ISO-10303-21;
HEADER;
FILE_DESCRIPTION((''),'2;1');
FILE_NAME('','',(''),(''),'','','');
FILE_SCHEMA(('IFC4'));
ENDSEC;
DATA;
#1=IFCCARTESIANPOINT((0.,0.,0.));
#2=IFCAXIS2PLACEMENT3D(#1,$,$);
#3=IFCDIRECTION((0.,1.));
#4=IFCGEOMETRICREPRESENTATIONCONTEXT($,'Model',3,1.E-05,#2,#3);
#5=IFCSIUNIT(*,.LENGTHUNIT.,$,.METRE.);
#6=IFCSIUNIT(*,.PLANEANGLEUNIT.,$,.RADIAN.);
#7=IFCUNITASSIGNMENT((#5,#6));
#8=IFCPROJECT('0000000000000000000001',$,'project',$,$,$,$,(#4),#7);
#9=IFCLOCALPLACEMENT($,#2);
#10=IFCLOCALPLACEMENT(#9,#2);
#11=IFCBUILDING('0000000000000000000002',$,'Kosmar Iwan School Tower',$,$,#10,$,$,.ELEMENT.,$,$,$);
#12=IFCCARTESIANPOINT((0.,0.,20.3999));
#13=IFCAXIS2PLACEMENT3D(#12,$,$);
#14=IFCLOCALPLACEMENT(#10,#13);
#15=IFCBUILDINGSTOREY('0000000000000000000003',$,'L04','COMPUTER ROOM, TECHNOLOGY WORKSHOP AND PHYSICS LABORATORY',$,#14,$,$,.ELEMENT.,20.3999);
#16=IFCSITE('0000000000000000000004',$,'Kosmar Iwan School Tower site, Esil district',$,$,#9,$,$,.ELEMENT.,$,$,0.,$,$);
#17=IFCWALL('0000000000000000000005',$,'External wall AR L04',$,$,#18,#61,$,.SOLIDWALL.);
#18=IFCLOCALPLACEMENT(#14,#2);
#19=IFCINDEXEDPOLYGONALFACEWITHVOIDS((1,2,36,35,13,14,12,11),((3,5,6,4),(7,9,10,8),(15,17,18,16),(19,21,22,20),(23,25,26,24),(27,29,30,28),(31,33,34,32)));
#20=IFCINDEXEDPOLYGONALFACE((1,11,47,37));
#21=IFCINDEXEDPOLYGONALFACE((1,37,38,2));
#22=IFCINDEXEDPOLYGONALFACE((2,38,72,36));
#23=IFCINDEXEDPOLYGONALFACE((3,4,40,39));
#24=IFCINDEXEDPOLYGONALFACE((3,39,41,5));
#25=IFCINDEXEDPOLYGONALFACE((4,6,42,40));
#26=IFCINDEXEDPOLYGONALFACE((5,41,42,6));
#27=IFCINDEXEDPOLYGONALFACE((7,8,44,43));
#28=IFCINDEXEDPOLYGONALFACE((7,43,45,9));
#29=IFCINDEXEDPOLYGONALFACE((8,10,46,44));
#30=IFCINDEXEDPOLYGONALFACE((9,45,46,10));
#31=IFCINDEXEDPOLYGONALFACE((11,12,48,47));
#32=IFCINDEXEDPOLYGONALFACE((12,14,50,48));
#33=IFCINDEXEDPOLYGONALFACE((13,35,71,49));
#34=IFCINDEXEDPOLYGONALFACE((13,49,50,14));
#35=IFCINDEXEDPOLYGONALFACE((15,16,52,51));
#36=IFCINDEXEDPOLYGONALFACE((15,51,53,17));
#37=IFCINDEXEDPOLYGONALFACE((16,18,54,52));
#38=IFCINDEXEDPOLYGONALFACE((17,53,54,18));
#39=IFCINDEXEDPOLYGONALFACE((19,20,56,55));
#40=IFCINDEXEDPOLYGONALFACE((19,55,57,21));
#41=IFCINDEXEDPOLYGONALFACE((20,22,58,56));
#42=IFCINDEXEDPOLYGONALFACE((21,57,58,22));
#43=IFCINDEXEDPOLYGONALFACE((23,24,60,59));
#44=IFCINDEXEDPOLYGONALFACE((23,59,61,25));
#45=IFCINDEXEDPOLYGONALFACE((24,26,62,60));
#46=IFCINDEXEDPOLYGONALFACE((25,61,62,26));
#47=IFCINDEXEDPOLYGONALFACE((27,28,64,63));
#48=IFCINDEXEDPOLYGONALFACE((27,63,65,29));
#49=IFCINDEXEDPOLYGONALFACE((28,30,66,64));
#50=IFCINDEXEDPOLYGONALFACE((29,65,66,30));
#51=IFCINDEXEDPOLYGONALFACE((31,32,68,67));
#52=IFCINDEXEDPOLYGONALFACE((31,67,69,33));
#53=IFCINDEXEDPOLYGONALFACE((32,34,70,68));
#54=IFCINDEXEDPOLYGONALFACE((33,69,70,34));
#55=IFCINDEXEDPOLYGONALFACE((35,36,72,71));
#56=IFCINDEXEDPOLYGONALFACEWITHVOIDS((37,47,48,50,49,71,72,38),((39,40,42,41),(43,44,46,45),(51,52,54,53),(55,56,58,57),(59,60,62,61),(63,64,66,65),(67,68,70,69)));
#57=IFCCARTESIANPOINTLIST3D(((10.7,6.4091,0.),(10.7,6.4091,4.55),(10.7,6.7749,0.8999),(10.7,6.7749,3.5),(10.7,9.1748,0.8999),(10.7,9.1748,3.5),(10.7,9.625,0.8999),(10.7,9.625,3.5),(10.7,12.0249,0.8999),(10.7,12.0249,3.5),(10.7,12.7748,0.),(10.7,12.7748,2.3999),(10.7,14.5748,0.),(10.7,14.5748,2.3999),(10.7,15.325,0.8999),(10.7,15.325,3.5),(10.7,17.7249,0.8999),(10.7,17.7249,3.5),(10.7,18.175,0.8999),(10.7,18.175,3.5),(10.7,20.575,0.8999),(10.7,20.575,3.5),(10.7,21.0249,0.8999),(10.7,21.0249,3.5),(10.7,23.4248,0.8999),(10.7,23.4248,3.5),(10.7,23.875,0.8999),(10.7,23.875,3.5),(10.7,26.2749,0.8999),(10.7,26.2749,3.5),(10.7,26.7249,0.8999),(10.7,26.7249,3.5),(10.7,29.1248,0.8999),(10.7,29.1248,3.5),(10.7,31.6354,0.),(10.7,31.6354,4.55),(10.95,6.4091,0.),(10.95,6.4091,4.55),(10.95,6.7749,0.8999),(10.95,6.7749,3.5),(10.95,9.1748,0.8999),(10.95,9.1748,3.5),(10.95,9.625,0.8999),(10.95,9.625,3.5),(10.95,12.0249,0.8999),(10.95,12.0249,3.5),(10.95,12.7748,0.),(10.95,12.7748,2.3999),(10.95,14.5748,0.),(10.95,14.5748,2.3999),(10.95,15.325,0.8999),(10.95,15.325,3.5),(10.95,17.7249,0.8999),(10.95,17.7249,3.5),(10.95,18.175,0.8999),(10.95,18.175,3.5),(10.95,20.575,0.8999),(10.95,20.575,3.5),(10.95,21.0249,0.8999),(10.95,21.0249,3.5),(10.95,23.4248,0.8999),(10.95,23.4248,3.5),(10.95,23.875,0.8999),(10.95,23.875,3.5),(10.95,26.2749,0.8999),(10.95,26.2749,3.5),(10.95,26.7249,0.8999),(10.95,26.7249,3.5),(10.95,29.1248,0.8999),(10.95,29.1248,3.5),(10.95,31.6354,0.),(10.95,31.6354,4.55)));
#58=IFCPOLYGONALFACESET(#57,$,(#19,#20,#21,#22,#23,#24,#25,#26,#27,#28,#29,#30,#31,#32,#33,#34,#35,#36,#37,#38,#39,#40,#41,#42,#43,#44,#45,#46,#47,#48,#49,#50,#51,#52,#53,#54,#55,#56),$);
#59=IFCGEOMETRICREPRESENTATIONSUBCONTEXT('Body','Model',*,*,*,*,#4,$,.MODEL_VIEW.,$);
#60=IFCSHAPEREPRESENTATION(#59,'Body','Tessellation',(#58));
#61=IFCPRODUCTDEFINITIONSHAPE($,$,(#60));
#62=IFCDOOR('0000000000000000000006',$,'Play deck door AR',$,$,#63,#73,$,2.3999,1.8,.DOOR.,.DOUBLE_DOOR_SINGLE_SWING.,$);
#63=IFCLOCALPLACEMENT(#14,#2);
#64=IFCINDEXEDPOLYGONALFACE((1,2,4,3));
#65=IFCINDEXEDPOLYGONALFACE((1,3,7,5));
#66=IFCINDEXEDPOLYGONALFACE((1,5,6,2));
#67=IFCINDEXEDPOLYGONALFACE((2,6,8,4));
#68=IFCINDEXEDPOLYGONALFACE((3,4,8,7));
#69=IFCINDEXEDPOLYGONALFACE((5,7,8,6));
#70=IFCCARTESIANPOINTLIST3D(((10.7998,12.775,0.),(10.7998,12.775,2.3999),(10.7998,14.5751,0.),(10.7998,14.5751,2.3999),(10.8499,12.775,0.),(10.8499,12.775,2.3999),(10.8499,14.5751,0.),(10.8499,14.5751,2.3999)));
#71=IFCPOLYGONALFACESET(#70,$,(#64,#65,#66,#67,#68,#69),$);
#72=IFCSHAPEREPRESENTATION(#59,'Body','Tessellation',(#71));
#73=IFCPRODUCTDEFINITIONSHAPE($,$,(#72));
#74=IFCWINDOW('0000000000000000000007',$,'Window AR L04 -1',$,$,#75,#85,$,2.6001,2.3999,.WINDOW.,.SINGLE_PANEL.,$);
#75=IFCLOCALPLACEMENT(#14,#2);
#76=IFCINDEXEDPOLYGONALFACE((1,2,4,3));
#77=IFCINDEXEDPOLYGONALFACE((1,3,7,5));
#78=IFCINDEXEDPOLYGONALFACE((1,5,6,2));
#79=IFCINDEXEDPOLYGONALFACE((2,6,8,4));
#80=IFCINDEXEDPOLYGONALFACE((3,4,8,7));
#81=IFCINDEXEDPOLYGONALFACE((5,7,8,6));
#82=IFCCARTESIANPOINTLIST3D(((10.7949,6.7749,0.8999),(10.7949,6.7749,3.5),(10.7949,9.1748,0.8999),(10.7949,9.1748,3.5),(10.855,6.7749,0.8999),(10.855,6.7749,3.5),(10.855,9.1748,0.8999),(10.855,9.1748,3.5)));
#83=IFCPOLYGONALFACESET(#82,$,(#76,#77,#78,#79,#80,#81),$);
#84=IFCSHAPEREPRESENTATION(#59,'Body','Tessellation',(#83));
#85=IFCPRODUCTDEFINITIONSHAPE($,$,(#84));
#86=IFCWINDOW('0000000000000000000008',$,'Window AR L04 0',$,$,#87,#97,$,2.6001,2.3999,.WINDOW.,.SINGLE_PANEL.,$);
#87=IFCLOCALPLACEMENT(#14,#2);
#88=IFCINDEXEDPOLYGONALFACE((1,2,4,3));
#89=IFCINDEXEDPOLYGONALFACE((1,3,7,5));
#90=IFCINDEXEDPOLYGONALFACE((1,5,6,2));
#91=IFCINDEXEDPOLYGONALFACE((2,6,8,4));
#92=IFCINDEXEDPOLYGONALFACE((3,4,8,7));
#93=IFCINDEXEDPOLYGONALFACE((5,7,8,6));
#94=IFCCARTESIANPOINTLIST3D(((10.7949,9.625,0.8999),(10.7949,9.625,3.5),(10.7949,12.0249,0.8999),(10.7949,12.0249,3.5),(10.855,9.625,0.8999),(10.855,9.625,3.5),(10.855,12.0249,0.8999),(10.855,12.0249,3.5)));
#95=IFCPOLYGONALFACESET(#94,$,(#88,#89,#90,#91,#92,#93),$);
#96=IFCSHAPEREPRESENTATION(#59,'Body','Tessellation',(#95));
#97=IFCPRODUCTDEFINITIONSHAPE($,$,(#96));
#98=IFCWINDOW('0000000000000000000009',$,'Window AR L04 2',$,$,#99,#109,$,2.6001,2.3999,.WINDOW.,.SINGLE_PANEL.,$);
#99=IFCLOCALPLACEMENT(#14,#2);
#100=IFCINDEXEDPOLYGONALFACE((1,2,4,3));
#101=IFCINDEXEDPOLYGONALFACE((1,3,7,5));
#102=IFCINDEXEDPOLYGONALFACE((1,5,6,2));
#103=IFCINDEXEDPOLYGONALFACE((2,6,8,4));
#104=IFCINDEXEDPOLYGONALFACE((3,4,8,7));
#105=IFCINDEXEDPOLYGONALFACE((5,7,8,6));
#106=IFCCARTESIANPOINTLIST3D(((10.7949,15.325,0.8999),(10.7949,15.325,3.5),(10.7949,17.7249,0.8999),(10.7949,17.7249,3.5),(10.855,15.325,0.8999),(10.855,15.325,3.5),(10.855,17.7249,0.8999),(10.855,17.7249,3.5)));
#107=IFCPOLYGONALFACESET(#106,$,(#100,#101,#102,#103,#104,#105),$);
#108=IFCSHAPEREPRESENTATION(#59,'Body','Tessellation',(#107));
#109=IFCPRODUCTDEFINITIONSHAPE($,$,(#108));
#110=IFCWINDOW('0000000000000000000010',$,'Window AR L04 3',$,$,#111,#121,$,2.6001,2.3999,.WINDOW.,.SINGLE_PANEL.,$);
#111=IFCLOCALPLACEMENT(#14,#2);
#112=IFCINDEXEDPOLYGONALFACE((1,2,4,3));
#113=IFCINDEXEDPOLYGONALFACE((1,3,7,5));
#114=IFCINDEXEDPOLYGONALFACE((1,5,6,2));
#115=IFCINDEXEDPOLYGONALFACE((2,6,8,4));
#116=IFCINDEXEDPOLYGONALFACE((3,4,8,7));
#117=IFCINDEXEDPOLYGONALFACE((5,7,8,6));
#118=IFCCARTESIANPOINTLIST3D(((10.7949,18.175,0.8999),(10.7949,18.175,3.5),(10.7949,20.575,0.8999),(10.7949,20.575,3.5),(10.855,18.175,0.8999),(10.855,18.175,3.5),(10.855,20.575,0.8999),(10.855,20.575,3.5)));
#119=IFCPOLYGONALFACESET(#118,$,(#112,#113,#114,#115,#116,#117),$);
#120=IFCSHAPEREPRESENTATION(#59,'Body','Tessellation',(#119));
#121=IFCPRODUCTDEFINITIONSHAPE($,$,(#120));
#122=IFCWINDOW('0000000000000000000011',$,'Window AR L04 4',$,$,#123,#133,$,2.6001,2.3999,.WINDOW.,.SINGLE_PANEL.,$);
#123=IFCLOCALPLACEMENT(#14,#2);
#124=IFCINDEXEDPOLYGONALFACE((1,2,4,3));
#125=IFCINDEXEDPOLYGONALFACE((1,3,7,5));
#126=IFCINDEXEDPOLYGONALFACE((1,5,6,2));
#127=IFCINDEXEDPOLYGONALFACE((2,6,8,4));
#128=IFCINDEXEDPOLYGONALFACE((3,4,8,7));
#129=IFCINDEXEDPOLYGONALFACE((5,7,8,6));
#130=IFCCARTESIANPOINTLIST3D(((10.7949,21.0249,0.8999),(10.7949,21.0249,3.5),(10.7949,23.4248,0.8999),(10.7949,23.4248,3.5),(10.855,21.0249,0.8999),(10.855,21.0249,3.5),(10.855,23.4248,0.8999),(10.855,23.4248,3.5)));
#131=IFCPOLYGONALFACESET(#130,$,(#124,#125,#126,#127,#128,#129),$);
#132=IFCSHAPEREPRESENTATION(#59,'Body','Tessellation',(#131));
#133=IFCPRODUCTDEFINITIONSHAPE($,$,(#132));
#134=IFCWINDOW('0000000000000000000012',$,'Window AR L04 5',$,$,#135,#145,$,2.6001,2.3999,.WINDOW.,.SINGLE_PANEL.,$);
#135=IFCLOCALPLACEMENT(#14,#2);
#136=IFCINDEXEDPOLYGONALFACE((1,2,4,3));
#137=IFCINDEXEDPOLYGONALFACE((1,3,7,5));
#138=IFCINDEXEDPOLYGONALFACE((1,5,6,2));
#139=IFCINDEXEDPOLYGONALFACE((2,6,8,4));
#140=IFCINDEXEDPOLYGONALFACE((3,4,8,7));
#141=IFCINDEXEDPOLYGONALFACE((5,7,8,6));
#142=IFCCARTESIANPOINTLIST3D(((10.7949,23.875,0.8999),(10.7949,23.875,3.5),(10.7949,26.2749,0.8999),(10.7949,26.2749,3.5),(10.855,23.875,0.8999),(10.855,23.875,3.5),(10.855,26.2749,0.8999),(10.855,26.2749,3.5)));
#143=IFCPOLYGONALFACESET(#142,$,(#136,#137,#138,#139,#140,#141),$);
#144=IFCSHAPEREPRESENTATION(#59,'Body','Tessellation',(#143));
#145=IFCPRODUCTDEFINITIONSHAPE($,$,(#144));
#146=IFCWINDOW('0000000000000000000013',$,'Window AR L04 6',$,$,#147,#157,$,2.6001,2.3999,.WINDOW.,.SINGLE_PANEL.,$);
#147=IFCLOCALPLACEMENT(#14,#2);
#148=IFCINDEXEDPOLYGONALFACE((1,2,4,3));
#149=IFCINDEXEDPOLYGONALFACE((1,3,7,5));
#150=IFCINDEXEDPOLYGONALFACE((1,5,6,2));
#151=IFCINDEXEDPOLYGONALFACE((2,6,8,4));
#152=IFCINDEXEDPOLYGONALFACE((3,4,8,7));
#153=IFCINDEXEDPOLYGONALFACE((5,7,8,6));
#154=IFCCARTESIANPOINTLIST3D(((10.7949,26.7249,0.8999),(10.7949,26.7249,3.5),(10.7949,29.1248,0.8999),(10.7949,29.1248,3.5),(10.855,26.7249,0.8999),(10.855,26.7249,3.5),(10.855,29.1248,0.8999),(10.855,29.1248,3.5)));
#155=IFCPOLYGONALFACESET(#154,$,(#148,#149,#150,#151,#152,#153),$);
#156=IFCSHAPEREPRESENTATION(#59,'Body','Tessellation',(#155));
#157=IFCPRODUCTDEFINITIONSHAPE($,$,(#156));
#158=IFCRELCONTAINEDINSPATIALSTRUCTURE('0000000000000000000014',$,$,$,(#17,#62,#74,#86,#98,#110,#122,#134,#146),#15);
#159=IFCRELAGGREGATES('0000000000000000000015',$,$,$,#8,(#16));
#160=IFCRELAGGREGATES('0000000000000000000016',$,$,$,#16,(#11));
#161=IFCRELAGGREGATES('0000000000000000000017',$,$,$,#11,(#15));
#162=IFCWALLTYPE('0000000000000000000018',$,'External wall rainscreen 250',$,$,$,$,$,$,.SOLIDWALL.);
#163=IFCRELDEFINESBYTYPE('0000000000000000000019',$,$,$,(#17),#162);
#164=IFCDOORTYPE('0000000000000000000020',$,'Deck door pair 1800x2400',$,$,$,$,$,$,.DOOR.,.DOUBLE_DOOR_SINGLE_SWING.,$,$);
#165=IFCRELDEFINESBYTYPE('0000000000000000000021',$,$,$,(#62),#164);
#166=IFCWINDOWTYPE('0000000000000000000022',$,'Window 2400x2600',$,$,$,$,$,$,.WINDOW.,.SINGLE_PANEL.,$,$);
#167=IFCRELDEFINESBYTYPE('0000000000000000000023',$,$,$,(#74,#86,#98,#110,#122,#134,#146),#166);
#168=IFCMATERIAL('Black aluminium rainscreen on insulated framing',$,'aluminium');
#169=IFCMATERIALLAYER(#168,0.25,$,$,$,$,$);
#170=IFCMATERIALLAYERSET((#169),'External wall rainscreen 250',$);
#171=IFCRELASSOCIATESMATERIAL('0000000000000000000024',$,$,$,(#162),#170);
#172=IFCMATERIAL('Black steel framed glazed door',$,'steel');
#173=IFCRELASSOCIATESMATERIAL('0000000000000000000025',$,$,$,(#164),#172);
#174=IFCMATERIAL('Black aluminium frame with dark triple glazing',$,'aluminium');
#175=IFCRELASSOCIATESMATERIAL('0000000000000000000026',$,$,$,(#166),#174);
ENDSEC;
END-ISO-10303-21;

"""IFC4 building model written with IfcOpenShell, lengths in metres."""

from ifc_helpers import new_model, si_unit, direction, frame, frame_2d, origin, place, context, subcontext, project, spatial, rectangle, extrude, material, layer, layer_set, type_object, element, fill, save


model = new_model("IFC4")

# Units and contexts
model_context = context("Model", 3, precision=1e-05, world=origin(), true_north=direction((0.0, 1.0)))
body_context = subcontext(model_context, "Body", "Model", "MODEL_VIEW")
ifc_project = project(units=[si_unit("LENGTHUNIT", "METRE"), si_unit("PLANEANGLEUNIT", "RADIAN")], contexts=[model_context])

# Site, building, storey
site_placement = place(None, origin())
site = spatial("IfcSite", under=ifc_project, at=site_placement, Name="Kosmar Iwan School Tower site, Esil district", CompositionType="ELEMENT", RefElevation=0.0)
building_placement = place(site_placement, origin())
building = spatial("IfcBuilding", under=site, at=building_placement, Name="Kosmar Iwan School Tower", CompositionType="ELEMENT")
storey_placement = place(building_placement, frame((0.0, 0.0, 20.3999)))
storey = spatial("IfcBuildingStorey", under=building, at=storey_placement, Name="L04", Description="COMPUTER ROOM, TECHNOLOGY WORKSHOP AND PHYSICS LABORATORY", CompositionType="ELEMENT", Elevation=20.3999)

# Wall, openings, door, windows
ifc_material_1 = material(Name="Black aluminium rainscreen on insulated framing", Category="aluminium")
ifc_layer_1 = layer(ifc_material_1, 0.25)
ifc_layer_set_1 = layer_set([ifc_layer_1], Name="External wall rainscreen 250")
wall_type_1 = type_object("IfcWallType", Name="External wall rainscreen 250", PredefinedType="SOLIDWALL", material=ifc_layer_set_1)
wall_1_placement = place(storey_placement, frame((10.825, 6.4089, 0.0), z_axis=(0.0, 0.0, 1.0), x_axis=(0.0, 1.0, 0.0)))
wall_1 = element("IfcWall", 1, at=wall_1_placement, inside=storey, type_object=wall_type_1, Name="External wall AR L04", PredefinedType="SOLIDWALL", context=body_context, shape_type="SweptSolid", body=[
    extrude(rectangle(XDim=25.2263, YDim=0.25, at=frame_2d((12.6133, 0.0))), origin(), (0.0, 0.0, 1.0), 4.55),
])
opening_1_placement = place(wall_1_placement, frame((0.366, 0.0, 0.8999)))
opening_1 = element("IfcOpeningElement", 2, at=opening_1_placement, cuts=wall_1, PredefinedType="OPENING", context=body_context, shape_type="SweptSolid", body=[
    extrude(rectangle(XDim=2.3999, YDim=2.6001, at=frame_2d((1.2, 1.3))), frame((0.0, 0.137, 0.0), z_axis=(0.0, -1.0, 0.0), x_axis=(1.0, 0.0, 0.0)), (0.0, 0.0, 1.0), 0.2739),
])
opening_2_placement = place(wall_1_placement, frame((3.2161, 0.0, 0.8999)))
opening_2 = element("IfcOpeningElement", 3, at=opening_2_placement, cuts=wall_1, PredefinedType="OPENING", context=body_context, shape_type="SweptSolid", body=[
    extrude(rectangle(XDim=2.3999, YDim=2.6001, at=frame_2d((1.2, 1.3))), frame((0.0, 0.137, 0.0), z_axis=(0.0, -1.0, 0.0), x_axis=(1.0, 0.0, 0.0)), (0.0, 0.0, 1.0), 0.2739),
])
opening_3_placement = place(wall_1_placement, frame((6.366, 0.0, 0.0)))
opening_3 = element("IfcOpeningElement", 4, at=opening_3_placement, cuts=wall_1, PredefinedType="OPENING", context=body_context, shape_type="SweptSolid", body=[
    extrude(rectangle(XDim=1.8, YDim=2.3999, at=frame_2d((0.8999, 1.2))), frame((0.0, 0.137, 0.0), z_axis=(0.0, -1.0, 0.0), x_axis=(1.0, 0.0, 0.0)), (0.0, 0.0, 1.0), 0.2739),
])
opening_4_placement = place(wall_1_placement, frame((8.916, 0.0, 0.8999)))
opening_4 = element("IfcOpeningElement", 5, at=opening_4_placement, cuts=wall_1, PredefinedType="OPENING", context=body_context, shape_type="SweptSolid", body=[
    extrude(rectangle(XDim=2.3999, YDim=2.6001, at=frame_2d((1.2, 1.3))), frame((0.0, 0.137, 0.0), z_axis=(0.0, -1.0, 0.0), x_axis=(1.0, 0.0, 0.0)), (0.0, 0.0, 1.0), 0.2739),
])
opening_5_placement = place(wall_1_placement, frame((11.7661, 0.0, 0.8999)))
opening_5 = element("IfcOpeningElement", 6, at=opening_5_placement, cuts=wall_1, PredefinedType="OPENING", context=body_context, shape_type="SweptSolid", body=[
    extrude(rectangle(XDim=2.3999, YDim=2.6001, at=frame_2d((1.2, 1.3))), frame((0.0, 0.137, 0.0), z_axis=(0.0, -1.0, 0.0), x_axis=(1.0, 0.0, 0.0)), (0.0, 0.0, 1.0), 0.2739),
])
opening_6_placement = place(wall_1_placement, frame((14.616, 0.0, 0.8999)))
opening_6 = element("IfcOpeningElement", 7, at=opening_6_placement, cuts=wall_1, PredefinedType="OPENING", context=body_context, shape_type="SweptSolid", body=[
    extrude(rectangle(XDim=2.3999, YDim=2.6001, at=frame_2d((1.2, 1.3))), frame((0.0, 0.137, 0.0), z_axis=(0.0, -1.0, 0.0), x_axis=(1.0, 0.0, 0.0)), (0.0, 0.0, 1.0), 0.2739),
])
opening_7_placement = place(wall_1_placement, frame((17.4661, 0.0, 0.8999)))
opening_7 = element("IfcOpeningElement", 8, at=opening_7_placement, cuts=wall_1, PredefinedType="OPENING", context=body_context, shape_type="SweptSolid", body=[
    extrude(rectangle(XDim=2.3999, YDim=2.6001, at=frame_2d((1.2, 1.3))), frame((0.0, 0.137, 0.0), z_axis=(0.0, -1.0, 0.0), x_axis=(1.0, 0.0, 0.0)), (0.0, 0.0, 1.0), 0.2739),
])
opening_8_placement = place(wall_1_placement, frame((20.3159, 0.0, 0.8999)))
opening_8 = element("IfcOpeningElement", 9, at=opening_8_placement, cuts=wall_1, PredefinedType="OPENING", context=body_context, shape_type="SweptSolid", body=[
    extrude(rectangle(XDim=2.3999, YDim=2.6001, at=frame_2d((1.2, 1.3))), frame((0.0, 0.137, 0.0), z_axis=(0.0, -1.0, 0.0), x_axis=(1.0, 0.0, 0.0)), (0.0, 0.0, 1.0), 0.2739),
])
ifc_material_2 = material(Name="Black steel framed glazed door", Category="steel")
door_type_1 = type_object("IfcDoorType", Name="Deck door pair 1800x2400", OperationType="DOUBLE_DOOR_SINGLE_SWING", PredefinedType="DOOR", material=ifc_material_2)
door_1_placement = place(opening_3_placement, frame((1.8, 0.0, 0.0), z_axis=(0.0, 0.0, 1.0), x_axis=(-1.0, 0.0, 0.0)))
door_1 = element("IfcDoor", 10, at=door_1_placement, inside=storey, type_object=door_type_1, Name="Play deck door AR", OperationType="DOUBLE_DOOR_SINGLE_SWING", OverallHeight=2.3999, OverallWidth=1.8, PredefinedType="DOOR", context=body_context, shape_type="SweptSolid", body=[
    extrude(rectangle(XDim=1.8, YDim=2.3999, at=frame_2d((0.8999, 1.2))), frame((0.0, 0.0249, 0.0), z_axis=(0.0, -1.0, 0.0), x_axis=(1.0, 0.0, 0.0)), (0.0, 0.0, 1.0), 0.05),
])
fill(opening_3, door_1)
ifc_material_3 = material(Name="Black aluminium frame with dark triple glazing", Category="aluminium")
window_type = type_object("IfcWindowType", Name="Window 2400x2600", PartitioningType="SINGLE_PANEL", PredefinedType="WINDOW", material=ifc_material_3)
window_1_placement = place(opening_1_placement, origin())
window_1 = element("IfcWindow", 11, at=window_1_placement, inside=storey, type_object=window_type, Name="Window AR L04 -1", OverallHeight=2.6001, OverallWidth=2.3999, PartitioningType="SINGLE_PANEL", PredefinedType="WINDOW", context=body_context, shape_type="SweptSolid", body=[
    extrude(rectangle(XDim=2.3999, YDim=2.6001, at=frame_2d((1.2, 1.3))), frame((0.0, 0.03, 0.0), z_axis=(0.0, -1.0, 0.0), x_axis=(1.0, 0.0, 0.0)), (0.0, 0.0, 1.0), 0.0601),
])
fill(opening_1, window_1)
window_2_placement = place(opening_2_placement, origin())
window_2 = element("IfcWindow", 12, at=window_2_placement, inside=storey, type_object=window_type, Name="Window AR L04 0", OverallHeight=2.6001, OverallWidth=2.3999, PartitioningType="SINGLE_PANEL", PredefinedType="WINDOW", context=body_context, shape_type="SweptSolid", body=[
    extrude(rectangle(XDim=2.3999, YDim=2.6001, at=frame_2d((1.2, 1.3))), frame((0.0, 0.03, 0.0), z_axis=(0.0, -1.0, 0.0), x_axis=(1.0, 0.0, 0.0)), (0.0, 0.0, 1.0), 0.0601),
])
fill(opening_2, window_2)
window_3_placement = place(opening_4_placement, origin())
window_3 = element("IfcWindow", 13, at=window_3_placement, inside=storey, type_object=window_type, Name="Window AR L04 2", OverallHeight=2.6001, OverallWidth=2.3999, PartitioningType="SINGLE_PANEL", PredefinedType="WINDOW", context=body_context, shape_type="SweptSolid", body=[
    extrude(rectangle(XDim=2.3999, YDim=2.6001, at=frame_2d((1.2, 1.3))), frame((0.0, 0.03, 0.0), z_axis=(0.0, -1.0, 0.0), x_axis=(1.0, 0.0, 0.0)), (0.0, 0.0, 1.0), 0.0601),
])
fill(opening_4, window_3)
window_4_placement = place(opening_5_placement, origin())
window_4 = element("IfcWindow", 14, at=window_4_placement, inside=storey, type_object=window_type, Name="Window AR L04 3", OverallHeight=2.6001, OverallWidth=2.3999, PartitioningType="SINGLE_PANEL", PredefinedType="WINDOW", context=body_context, shape_type="SweptSolid", body=[
    extrude(rectangle(XDim=2.3999, YDim=2.6001, at=frame_2d((1.2, 1.3))), frame((0.0, 0.03, 0.0), z_axis=(0.0, -1.0, 0.0), x_axis=(1.0, 0.0, 0.0)), (0.0, 0.0, 1.0), 0.0601),
])
fill(opening_5, window_4)
window_5_placement = place(opening_6_placement, origin())
window_5 = element("IfcWindow", 15, at=window_5_placement, inside=storey, type_object=window_type, Name="Window AR L04 4", OverallHeight=2.6001, OverallWidth=2.3999, PartitioningType="SINGLE_PANEL", PredefinedType="WINDOW", context=body_context, shape_type="SweptSolid", body=[
    extrude(rectangle(XDim=2.3999, YDim=2.6001, at=frame_2d((1.2, 1.3))), frame((0.0, 0.03, 0.0), z_axis=(0.0, -1.0, 0.0), x_axis=(1.0, 0.0, 0.0)), (0.0, 0.0, 1.0), 0.0601),
])
fill(opening_6, window_5)
window_6_placement = place(opening_7_placement, origin())
window_6 = element("IfcWindow", 16, at=window_6_placement, inside=storey, type_object=window_type, Name="Window AR L04 5", OverallHeight=2.6001, OverallWidth=2.3999, PartitioningType="SINGLE_PANEL", PredefinedType="WINDOW", context=body_context, shape_type="SweptSolid", body=[
    extrude(rectangle(XDim=2.3999, YDim=2.6001, at=frame_2d((1.2, 1.3))), frame((0.0, 0.03, 0.0), z_axis=(0.0, -1.0, 0.0), x_axis=(1.0, 0.0, 0.0)), (0.0, 0.0, 1.0), 0.0601),
])
fill(opening_7, window_6)
window_7_placement = place(opening_8_placement, origin())
window_7 = element("IfcWindow", 17, at=window_7_placement, inside=storey, type_object=window_type, Name="Window AR L04 6", OverallHeight=2.6001, OverallWidth=2.3999, PartitioningType="SINGLE_PANEL", PredefinedType="WINDOW", context=body_context, shape_type="SweptSolid", body=[
    extrude(rectangle(XDim=2.3999, YDim=2.6001, at=frame_2d((1.2, 1.3))), frame((0.0, 0.03, 0.0), z_axis=(0.0, -1.0, 0.0), x_axis=(1.0, 0.0, 0.0)), (0.0, 0.0, 1.0), 0.0601),
])
fill(opening_8, window_7)

save(model, "model.ifc")
